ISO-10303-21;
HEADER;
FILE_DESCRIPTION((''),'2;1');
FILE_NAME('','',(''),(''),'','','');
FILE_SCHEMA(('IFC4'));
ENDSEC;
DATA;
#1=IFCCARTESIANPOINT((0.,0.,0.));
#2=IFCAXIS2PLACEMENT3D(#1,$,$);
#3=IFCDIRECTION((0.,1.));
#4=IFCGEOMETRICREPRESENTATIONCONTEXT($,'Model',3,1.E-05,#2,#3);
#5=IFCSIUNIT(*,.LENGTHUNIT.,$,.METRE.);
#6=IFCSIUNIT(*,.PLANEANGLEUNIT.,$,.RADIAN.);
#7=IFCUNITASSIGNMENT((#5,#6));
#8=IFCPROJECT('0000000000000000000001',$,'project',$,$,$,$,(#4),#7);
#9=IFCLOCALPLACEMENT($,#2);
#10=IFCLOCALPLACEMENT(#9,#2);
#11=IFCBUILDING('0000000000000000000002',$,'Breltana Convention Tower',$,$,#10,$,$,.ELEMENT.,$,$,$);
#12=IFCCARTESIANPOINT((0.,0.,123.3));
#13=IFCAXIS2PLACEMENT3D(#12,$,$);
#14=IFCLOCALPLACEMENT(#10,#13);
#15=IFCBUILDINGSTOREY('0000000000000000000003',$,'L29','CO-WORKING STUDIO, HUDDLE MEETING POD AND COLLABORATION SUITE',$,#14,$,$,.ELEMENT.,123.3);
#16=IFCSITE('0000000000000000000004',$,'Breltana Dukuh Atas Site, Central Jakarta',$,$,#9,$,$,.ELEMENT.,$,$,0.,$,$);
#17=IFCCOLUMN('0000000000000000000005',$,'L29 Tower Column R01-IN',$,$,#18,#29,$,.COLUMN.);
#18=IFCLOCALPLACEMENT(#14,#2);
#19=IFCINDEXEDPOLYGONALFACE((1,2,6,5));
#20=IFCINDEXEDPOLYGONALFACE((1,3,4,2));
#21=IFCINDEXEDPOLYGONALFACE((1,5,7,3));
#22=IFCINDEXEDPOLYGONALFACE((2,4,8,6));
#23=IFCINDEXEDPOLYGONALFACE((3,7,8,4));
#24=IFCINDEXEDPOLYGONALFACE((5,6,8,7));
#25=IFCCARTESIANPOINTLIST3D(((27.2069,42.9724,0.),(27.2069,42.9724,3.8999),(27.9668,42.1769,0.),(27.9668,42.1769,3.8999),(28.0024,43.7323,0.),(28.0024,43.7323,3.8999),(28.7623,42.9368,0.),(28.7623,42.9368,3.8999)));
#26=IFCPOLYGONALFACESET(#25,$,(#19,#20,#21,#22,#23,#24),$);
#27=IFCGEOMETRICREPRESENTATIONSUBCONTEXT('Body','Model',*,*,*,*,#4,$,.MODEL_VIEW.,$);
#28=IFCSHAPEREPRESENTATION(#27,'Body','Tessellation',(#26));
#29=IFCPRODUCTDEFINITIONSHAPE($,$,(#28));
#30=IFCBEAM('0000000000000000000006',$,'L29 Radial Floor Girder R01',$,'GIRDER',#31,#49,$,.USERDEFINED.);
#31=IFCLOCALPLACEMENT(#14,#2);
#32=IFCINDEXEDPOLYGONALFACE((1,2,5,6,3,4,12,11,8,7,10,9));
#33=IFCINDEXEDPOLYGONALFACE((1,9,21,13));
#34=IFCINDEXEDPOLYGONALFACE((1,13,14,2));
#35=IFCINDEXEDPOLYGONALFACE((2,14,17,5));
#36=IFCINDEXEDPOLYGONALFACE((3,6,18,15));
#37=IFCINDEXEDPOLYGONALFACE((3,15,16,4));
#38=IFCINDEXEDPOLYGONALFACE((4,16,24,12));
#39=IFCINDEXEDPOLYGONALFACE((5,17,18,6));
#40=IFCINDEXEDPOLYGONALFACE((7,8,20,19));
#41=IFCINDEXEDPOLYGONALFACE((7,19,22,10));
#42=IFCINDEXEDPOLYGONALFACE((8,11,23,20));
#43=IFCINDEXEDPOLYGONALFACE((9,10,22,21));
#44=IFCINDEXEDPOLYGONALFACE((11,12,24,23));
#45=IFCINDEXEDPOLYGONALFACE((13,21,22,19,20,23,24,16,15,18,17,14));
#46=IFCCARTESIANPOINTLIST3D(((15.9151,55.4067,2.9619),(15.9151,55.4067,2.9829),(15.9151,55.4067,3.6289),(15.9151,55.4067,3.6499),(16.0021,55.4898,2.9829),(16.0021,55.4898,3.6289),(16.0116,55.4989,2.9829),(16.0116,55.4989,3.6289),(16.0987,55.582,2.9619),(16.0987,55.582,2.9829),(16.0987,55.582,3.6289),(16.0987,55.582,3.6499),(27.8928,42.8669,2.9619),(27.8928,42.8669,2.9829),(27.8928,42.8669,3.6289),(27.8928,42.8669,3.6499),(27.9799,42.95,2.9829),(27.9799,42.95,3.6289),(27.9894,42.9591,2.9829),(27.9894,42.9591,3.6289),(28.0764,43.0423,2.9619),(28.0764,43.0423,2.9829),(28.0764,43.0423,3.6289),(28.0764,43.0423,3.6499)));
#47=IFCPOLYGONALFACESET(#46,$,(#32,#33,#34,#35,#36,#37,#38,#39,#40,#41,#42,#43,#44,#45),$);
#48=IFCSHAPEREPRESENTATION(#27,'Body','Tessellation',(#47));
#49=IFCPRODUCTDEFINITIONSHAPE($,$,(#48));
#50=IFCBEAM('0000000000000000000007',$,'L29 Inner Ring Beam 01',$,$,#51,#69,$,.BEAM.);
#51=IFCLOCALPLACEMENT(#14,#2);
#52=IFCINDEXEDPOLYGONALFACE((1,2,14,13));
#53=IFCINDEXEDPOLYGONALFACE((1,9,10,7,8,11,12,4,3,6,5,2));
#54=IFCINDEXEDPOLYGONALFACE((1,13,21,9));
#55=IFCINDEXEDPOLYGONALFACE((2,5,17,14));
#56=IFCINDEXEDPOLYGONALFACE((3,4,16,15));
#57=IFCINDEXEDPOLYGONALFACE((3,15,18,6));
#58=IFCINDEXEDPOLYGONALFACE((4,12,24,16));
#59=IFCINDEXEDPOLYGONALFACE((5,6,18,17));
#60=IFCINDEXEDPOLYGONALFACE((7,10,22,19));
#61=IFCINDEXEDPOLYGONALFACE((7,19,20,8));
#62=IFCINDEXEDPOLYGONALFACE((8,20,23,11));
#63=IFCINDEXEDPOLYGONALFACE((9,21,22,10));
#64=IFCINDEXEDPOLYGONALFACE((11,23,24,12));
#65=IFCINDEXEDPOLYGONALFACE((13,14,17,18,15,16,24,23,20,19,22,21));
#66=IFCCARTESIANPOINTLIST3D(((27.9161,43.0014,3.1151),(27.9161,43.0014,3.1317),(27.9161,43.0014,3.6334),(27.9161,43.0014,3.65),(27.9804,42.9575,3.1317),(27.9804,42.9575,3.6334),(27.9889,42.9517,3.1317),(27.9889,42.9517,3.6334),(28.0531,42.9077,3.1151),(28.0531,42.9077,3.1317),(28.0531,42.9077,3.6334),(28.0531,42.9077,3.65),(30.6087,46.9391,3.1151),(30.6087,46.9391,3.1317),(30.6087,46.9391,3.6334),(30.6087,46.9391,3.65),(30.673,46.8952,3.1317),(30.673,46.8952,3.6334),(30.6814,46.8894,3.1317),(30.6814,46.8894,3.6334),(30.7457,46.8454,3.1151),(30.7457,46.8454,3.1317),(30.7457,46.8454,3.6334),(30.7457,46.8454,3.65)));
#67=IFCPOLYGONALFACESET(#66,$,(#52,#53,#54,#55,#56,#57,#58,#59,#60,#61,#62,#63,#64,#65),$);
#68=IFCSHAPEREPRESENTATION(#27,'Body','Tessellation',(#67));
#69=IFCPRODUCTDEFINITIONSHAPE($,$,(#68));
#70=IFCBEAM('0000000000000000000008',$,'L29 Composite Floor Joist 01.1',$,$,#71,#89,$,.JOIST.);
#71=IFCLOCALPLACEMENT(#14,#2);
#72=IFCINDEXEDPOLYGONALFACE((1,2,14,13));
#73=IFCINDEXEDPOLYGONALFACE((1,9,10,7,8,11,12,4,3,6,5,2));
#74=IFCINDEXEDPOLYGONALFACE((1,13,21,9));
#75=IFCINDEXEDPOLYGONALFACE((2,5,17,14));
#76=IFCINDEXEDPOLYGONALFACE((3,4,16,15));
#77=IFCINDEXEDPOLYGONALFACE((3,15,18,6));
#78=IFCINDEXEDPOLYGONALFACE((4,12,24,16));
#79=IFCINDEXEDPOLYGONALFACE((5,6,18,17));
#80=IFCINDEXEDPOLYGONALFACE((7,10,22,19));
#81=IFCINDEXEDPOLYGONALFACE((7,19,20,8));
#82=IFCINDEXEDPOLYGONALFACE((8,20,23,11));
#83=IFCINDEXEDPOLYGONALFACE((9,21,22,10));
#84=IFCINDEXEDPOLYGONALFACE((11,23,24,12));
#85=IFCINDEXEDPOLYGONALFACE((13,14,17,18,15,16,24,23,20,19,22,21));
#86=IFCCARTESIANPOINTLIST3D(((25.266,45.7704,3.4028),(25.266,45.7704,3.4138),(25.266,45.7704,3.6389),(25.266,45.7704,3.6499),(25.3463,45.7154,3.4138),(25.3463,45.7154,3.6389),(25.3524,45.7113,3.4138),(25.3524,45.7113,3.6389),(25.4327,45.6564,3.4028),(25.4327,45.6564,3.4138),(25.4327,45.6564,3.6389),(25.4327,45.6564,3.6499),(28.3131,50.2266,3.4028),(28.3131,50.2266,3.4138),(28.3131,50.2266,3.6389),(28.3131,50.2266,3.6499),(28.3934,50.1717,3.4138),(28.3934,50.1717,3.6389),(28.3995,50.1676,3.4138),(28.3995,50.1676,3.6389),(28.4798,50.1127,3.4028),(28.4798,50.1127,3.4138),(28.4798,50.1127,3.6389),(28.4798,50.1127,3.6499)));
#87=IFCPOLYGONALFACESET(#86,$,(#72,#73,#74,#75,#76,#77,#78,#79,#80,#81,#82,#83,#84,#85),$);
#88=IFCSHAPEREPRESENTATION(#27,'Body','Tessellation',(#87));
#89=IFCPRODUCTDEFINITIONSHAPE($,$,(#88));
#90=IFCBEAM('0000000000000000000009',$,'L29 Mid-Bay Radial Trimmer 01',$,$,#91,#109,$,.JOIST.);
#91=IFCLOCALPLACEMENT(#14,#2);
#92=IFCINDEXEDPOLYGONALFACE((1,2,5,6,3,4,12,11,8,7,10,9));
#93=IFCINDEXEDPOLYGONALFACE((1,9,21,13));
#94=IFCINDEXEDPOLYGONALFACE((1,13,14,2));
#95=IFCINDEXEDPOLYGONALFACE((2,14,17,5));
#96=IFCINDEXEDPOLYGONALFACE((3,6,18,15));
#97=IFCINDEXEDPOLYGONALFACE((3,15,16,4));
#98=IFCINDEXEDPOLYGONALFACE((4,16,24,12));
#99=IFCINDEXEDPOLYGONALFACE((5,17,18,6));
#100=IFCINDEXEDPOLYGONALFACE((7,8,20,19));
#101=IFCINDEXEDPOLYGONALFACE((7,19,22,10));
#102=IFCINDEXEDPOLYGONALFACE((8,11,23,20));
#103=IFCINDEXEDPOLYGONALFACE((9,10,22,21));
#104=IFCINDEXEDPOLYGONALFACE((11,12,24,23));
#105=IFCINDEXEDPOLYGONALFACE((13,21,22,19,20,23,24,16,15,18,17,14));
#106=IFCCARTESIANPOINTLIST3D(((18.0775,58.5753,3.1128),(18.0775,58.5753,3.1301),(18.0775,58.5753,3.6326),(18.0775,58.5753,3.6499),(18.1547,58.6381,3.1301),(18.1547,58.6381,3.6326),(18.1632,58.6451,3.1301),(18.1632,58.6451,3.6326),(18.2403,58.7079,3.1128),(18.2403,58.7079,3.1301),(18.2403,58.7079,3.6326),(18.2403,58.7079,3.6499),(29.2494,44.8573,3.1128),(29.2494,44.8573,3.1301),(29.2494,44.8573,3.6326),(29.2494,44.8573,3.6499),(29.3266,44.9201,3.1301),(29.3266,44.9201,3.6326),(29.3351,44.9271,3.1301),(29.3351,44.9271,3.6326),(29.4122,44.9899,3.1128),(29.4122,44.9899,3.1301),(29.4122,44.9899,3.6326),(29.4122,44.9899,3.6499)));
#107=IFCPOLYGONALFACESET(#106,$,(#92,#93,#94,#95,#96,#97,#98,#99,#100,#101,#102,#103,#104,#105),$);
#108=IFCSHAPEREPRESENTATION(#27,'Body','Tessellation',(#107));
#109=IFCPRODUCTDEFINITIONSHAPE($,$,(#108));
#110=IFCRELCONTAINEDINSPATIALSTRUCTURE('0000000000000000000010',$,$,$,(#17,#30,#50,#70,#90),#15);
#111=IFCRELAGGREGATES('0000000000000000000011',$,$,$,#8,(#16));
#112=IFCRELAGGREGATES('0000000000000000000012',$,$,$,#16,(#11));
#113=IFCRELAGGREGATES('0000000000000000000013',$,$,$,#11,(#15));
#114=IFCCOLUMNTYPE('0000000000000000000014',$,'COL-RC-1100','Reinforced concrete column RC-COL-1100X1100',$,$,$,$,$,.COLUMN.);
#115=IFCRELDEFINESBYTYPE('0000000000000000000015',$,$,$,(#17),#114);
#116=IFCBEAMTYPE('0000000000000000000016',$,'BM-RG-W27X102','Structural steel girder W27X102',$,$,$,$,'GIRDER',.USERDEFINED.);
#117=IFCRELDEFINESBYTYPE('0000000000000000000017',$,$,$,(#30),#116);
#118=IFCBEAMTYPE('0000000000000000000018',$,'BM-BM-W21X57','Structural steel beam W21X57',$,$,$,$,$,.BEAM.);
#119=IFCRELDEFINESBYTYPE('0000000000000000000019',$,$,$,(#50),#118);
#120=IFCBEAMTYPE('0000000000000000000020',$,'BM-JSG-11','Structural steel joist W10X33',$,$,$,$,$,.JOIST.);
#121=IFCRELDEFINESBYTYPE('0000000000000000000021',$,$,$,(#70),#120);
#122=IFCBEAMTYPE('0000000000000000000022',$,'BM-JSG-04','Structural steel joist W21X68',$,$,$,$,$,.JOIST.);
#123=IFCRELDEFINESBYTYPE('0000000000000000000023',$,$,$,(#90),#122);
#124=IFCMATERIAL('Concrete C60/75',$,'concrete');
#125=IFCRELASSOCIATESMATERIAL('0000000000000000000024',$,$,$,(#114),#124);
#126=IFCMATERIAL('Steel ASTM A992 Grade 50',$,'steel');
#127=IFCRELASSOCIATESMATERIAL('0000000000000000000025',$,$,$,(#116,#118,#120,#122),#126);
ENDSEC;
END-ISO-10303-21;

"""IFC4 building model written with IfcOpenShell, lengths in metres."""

from ifc_helpers import new_model, si_unit, direction, frame, origin, origin_2d, place, context, subcontext, project, spatial, rectangle, i_section, extrude, source, transform, mapped, material, material_profile, profile_set, type_object, type_shapes, element, save


model = new_model("IFC4")

# Units and contexts
model_context = context("Model", 3, precision=1e-05, world=origin(), true_north=direction((0.0, 1.0)))
body_context = subcontext(model_context, "Body", "Model", "MODEL_VIEW")
ifc_project = project(units=[si_unit("LENGTHUNIT", "METRE"), si_unit("PLANEANGLEUNIT", "RADIAN")], contexts=[model_context])

# Site, building, storey
site_placement = place(None, origin())
site = spatial("IfcSite", under=ifc_project, at=site_placement, Name="Breltana Dukuh Atas Site, Central Jakarta", CompositionType="ELEMENT", RefElevation=0.0)
building_placement = place(site_placement, origin())
building = spatial("IfcBuilding", under=site, at=building_placement, Name="Breltana Convention Tower", CompositionType="ELEMENT")
storey_placement = place(building_placement, frame((0.0, 0.0, 123.3)))
storey = spatial("IfcBuildingStorey", under=building, at=storey_placement, Name="L29", Description="CO-WORKING STUDIO, HUDDLE MEETING POD AND COLLABORATION SUITE", CompositionType="ELEMENT", Elevation=123.3)

# Column
ifc_material_1 = material(Name="Concrete C60/75", Category="concrete")
ifc_material_profile_1 = material_profile(ifc_material_1, rectangle(XDim=1.1001, YDim=1.1001, at=origin_2d()), Name="RC-COL-1100X1100")
ifc_profile_set_1 = profile_set([ifc_material_profile_1], Name="Concrete C60/75")
column_type = type_object("IfcColumnType", Name="COL-RC-1100", Description="Reinforced concrete column RC-COL-1100X1100", PredefinedType="COLUMN", material=ifc_profile_set_1)
shared_shape_1 = source(origin(), body_context, "Body", "SweptSolid", [
    extrude(rectangle(XDim=1.1001, YDim=1.1001, at=origin_2d()), origin(), (0.0, 0.0, 1.0), 3.8999),
])
column_placement = place(storey_placement, frame((27.9846, 42.9546, 0.0), z_axis=(0.0, 0.0, 1.0), x_axis=(-0.690756, 0.723088, 0.0)))
element("IfcColumn", 1, at=column_placement, inside=storey, type_object=column_type, Name="L29 Tower Column R01-IN", PredefinedType="COLUMN", context=body_context, shape_type="MappedRepresentation", body=[
    mapped(shared_shape_1, transform((0.0, 0.0, 0.0), scale=1.0)),
])

# Beams
ifc_material_2 = material(Name="Steel ASTM A992 Grade 50", Category="steel")
ifc_material_profile_2 = material_profile(ifc_material_2, i_section(OverallWidth=0.2539, OverallDepth=0.688, WebThickness=0.0132, FlangeThickness=0.021, at=origin_2d()), Name="W27X102")
ifc_profile_set_2 = profile_set([ifc_material_profile_2], Name="Steel ASTM A992 Grade 50")
beam_type_1 = type_object("IfcBeamType", Name="BM-RG-W27X102", Description="Structural steel girder W27X102", ElementType="GIRDER", PredefinedType="USERDEFINED", material=ifc_profile_set_2)
shared_shape_2 = source(origin(), body_context, "Body", "SweptSolid", [
    extrude(i_section(OverallWidth=0.2539, OverallDepth=0.688, WebThickness=0.0132, FlangeThickness=0.021, at=origin_2d()), origin(), (0.0, 0.0, 1.0), 17.3411),
])
type_shapes(beam_type_1, [shared_shape_2])
beam_1_placement = place(storey_placement, frame((27.9846, 42.9546, 3.3059), z_axis=(-0.690716, 0.723126, 0.0), x_axis=(-0.723126, -0.690716, 0.0)))
element("IfcBeam", 2, at=beam_1_placement, inside=storey, type_object=beam_type_1, Name="L29 Radial Floor Girder R01", ObjectType="GIRDER", PredefinedType="USERDEFINED", context=body_context, shape_type="MappedRepresentation", body=[
    mapped(shared_shape_2, transform((0.0, 0.0, 0.0), scale=1.0)),
])
ifc_material_profile_3 = material_profile(ifc_material_2, i_section(OverallWidth=0.166, OverallDepth=0.5349, WebThickness=0.0103, FlangeThickness=0.0166, at=origin_2d()), Name="W21X57")
ifc_profile_set_3 = profile_set([ifc_material_profile_3], Name="Steel ASTM A992 Grade 50")
beam_type_2 = type_object("IfcBeamType", Name="BM-BM-W21X57", Description="Structural steel beam W21X57", PredefinedType="BEAM", material=ifc_profile_set_3)
shared_shape_3 = source(origin(), body_context, "Body", "SweptSolid", [
    extrude(i_section(OverallWidth=0.166, OverallDepth=0.5349, WebThickness=0.0103, FlangeThickness=0.0166, at=origin_2d()), origin(), (0.0, 0.0, 1.0), 4.7703),
])
beam_2_placement = place(storey_placement, frame((27.9846, 42.9546, 3.3826), z_axis=(0.564453, 0.825465, 0.0), x_axis=(-0.825465, 0.564453, 0.0)))
element("IfcBeam", 3, at=beam_2_placement, inside=storey, type_object=beam_type_2, Name="L29 Inner Ring Beam 01", PredefinedType="BEAM", context=body_context, shape_type="MappedRepresentation", body=[
    mapped(shared_shape_3, transform((0.0, 0.0, 0.0), scale=1.0)),
])
ifc_material_profile_4 = material_profile(ifc_material_2, i_section(OverallWidth=0.2019, OverallDepth=0.2471, WebThickness=0.0073, FlangeThickness=0.011, at=origin_2d()), Name="W10X33")
ifc_profile_set_4 = profile_set([ifc_material_profile_4], Name="Steel ASTM A992 Grade 50")
beam_type_3 = type_object("IfcBeamType", Name="BM-JSG-11", Description="Structural steel joist W10X33", PredefinedType="JOIST", material=ifc_profile_set_4)
shared_shape_4 = source(origin(), body_context, "Body", "SweptSolid", [
    extrude(i_section(OverallWidth=0.2019, OverallDepth=0.2471, WebThickness=0.0073, FlangeThickness=0.011, at=origin_2d()), origin(), (0.0, 0.0, 1.0), 5.3984),
])
beam_3_placement = place(storey_placement, frame((25.3494, 45.7134, 3.5264), z_axis=(0.564441, 0.825474, 0.0), x_axis=(-0.825474, 0.564441, 0.0)))
element("IfcBeam", 4, at=beam_3_placement, inside=storey, type_object=beam_type_3, Name="L29 Composite Floor Joist 01.1", PredefinedType="JOIST", context=body_context, shape_type="MappedRepresentation", body=[
    mapped(shared_shape_4, transform((0.0, 0.0, 0.0), scale=1.0)),
])
ifc_material_profile_5 = material_profile(ifc_material_2, i_section(OverallWidth=0.21, OverallDepth=0.5371, WebThickness=0.011, FlangeThickness=0.0173, at=origin_2d()), Name="W21X68")
ifc_profile_set_5 = profile_set([ifc_material_profile_5], Name="Steel ASTM A992 Grade 50")
beam_type_4 = type_object("IfcBeamType", Name="BM-JSG-04", Description="Structural steel joist W21X68", PredefinedType="JOIST", material=ifc_profile_set_5)
shared_shape_5 = source(origin(), body_context, "Body", "SweptSolid", [
    extrude(i_section(OverallWidth=0.21, OverallDepth=0.5371, WebThickness=0.011, FlangeThickness=0.0173, at=origin_2d()), origin(), (0.0, 0.0, 1.0), 17.6917),
])
beam_4_placement = place(storey_placement, frame((29.3308, 44.9236, 3.3813), z_axis=(-0.631477, 0.775395, 0.0), x_axis=(-0.775395, -0.631477, 0.0)))
element("IfcBeam", 5, at=beam_4_placement, inside=storey, type_object=beam_type_4, Name="L29 Mid-Bay Radial Trimmer 01", PredefinedType="JOIST", context=body_context, shape_type="MappedRepresentation", body=[
    mapped(shared_shape_5, transform((0.0, 0.0, 0.0), scale=1.0)),
])

save(model, "model.ifc")
